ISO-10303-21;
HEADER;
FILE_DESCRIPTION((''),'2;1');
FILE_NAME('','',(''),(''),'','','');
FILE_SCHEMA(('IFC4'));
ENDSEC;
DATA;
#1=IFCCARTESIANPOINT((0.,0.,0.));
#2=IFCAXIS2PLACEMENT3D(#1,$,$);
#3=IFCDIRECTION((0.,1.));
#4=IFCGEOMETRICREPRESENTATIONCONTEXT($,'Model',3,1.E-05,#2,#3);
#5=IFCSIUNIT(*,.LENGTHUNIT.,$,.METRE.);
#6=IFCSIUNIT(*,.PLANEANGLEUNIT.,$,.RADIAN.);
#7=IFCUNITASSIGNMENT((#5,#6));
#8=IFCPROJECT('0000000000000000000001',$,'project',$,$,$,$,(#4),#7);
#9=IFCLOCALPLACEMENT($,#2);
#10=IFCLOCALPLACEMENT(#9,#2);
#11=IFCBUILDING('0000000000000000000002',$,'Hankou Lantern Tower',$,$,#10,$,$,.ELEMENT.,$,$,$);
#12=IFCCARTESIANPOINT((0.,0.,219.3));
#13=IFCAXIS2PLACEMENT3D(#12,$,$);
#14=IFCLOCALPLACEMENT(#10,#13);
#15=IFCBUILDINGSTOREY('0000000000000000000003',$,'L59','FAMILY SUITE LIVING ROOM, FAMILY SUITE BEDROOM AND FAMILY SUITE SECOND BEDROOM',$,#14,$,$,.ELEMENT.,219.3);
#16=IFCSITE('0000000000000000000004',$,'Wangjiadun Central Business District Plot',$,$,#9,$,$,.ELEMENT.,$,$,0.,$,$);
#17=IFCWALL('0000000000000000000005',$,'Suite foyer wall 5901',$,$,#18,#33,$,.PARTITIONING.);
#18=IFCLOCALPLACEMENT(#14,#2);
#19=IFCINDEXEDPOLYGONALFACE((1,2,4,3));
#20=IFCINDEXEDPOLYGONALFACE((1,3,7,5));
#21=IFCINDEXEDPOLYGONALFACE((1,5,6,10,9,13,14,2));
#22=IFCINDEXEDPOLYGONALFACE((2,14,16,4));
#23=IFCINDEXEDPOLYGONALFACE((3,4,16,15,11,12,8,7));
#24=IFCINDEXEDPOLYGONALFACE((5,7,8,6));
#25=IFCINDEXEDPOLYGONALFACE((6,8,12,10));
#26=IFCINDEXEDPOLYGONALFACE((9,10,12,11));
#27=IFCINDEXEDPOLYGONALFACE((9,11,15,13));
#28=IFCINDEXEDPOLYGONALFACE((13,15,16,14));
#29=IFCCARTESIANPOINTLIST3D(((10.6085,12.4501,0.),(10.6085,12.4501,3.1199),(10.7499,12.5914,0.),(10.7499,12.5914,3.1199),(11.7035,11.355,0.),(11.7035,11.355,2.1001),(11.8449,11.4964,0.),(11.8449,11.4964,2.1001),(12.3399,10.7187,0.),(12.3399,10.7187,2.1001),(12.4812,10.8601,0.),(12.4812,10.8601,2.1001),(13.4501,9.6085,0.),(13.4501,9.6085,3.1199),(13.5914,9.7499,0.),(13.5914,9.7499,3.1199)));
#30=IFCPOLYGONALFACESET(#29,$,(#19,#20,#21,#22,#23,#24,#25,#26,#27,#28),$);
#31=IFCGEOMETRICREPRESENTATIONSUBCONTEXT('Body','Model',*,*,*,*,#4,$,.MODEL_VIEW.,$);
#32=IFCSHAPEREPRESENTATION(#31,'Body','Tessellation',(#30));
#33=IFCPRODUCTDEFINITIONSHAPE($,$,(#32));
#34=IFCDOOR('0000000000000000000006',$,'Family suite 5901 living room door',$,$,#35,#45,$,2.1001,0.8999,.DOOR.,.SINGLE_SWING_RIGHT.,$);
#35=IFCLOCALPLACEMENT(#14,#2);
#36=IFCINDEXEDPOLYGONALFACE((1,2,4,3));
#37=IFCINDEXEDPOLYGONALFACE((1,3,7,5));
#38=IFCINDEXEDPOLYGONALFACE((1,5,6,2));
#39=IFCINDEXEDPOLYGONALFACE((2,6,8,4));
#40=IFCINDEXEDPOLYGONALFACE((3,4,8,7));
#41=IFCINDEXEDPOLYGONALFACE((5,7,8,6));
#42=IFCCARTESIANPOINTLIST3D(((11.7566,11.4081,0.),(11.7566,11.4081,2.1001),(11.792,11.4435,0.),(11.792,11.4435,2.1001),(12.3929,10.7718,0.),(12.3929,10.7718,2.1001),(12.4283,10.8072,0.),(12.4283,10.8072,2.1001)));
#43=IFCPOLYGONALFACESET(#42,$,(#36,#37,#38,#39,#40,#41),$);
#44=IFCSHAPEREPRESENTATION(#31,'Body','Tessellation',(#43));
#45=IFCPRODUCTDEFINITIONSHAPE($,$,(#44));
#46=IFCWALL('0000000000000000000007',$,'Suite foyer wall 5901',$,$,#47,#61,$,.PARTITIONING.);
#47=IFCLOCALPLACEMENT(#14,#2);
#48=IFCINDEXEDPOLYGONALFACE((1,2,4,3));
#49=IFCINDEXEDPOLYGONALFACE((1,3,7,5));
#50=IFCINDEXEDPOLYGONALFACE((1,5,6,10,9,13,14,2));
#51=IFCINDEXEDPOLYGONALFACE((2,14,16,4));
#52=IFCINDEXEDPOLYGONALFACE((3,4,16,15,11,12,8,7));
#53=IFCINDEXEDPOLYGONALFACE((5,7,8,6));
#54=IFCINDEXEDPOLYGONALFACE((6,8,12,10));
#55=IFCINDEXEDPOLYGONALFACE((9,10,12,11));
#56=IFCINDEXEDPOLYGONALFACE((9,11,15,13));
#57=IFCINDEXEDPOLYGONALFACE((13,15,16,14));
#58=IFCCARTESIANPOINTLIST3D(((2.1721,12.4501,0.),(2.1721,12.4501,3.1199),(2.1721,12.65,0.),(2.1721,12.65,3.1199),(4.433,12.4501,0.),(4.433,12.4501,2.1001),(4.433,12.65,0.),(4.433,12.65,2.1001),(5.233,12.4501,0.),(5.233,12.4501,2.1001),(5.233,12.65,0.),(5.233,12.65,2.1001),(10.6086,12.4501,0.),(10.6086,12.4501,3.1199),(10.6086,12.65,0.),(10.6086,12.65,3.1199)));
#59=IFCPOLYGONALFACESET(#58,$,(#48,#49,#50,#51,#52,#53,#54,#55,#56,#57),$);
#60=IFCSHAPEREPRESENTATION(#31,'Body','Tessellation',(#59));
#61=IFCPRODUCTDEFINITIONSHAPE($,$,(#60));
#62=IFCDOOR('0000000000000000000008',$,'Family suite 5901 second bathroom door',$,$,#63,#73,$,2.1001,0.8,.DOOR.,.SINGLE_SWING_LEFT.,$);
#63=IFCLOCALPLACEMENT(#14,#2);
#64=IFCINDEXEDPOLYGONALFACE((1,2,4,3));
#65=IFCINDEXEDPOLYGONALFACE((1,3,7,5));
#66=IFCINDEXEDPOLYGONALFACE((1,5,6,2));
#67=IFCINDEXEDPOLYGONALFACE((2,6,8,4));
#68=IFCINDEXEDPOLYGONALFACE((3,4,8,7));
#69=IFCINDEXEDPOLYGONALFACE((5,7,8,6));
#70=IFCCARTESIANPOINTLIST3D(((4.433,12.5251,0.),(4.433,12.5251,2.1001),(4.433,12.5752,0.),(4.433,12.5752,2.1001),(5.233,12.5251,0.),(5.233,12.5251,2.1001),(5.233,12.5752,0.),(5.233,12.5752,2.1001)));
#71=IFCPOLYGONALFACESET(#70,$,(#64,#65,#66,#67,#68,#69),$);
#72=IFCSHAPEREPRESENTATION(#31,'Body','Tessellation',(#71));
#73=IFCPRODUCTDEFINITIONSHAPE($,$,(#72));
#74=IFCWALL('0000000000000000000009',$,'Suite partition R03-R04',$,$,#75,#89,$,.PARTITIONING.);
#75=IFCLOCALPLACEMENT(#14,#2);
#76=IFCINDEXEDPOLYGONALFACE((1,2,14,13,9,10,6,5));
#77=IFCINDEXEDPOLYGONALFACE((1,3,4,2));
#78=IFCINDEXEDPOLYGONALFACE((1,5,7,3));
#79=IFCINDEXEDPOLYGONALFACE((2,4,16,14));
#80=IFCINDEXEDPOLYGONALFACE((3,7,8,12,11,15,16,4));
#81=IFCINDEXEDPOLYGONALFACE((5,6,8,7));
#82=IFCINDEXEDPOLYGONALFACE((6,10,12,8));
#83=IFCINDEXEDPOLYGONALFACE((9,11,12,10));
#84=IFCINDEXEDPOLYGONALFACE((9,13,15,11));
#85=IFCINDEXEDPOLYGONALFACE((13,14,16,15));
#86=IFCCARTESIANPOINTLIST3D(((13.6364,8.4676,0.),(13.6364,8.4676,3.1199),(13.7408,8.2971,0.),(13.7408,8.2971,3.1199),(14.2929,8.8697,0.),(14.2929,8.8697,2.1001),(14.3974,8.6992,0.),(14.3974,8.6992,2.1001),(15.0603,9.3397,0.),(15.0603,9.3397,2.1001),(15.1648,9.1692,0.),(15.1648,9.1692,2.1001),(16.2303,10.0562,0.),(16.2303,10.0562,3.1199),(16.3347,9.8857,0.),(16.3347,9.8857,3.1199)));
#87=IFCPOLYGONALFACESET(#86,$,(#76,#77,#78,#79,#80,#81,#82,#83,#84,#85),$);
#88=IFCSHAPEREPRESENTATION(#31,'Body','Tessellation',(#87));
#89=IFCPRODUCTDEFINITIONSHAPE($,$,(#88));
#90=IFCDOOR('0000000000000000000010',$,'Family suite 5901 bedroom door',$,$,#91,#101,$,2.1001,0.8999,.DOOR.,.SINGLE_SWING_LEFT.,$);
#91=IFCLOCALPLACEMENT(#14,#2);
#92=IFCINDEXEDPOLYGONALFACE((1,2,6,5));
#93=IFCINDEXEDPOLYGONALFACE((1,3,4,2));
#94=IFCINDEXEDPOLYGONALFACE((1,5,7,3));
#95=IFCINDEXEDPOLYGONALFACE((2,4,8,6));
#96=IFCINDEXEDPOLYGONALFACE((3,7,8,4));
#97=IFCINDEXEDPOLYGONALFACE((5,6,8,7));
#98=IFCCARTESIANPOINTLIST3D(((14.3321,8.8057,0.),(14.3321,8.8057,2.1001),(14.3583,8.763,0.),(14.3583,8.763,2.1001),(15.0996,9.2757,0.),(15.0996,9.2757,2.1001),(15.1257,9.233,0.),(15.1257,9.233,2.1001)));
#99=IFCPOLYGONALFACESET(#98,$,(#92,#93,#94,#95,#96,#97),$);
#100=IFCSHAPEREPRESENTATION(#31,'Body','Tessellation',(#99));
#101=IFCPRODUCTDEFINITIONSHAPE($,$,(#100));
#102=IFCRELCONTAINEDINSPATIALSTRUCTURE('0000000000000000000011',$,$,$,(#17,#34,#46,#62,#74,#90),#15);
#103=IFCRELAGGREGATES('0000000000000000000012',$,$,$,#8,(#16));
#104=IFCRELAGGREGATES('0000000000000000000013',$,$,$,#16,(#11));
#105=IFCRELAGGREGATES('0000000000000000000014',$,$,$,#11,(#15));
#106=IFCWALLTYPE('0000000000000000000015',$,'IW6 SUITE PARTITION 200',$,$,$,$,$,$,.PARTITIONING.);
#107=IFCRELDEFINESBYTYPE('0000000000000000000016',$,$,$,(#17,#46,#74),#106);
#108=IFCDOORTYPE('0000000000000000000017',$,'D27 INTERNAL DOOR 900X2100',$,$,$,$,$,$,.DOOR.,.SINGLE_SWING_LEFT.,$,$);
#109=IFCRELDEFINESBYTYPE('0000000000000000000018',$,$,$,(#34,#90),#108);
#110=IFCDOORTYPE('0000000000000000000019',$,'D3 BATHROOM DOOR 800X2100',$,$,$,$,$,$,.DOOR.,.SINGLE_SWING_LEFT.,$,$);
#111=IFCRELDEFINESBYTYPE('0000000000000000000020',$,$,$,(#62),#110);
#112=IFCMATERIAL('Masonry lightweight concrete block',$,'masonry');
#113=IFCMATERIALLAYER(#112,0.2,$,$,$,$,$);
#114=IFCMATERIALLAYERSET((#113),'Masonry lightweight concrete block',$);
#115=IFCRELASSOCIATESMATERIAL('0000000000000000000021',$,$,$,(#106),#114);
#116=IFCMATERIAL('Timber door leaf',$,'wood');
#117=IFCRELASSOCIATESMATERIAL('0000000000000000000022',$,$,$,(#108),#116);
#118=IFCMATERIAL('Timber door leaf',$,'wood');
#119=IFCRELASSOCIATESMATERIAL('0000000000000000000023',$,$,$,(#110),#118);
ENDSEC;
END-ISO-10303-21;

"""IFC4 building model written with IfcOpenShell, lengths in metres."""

from ifc_helpers import new_model, si_unit, direction, frame, frame_2d, origin, place, context, subcontext, project, spatial, rectangle, extrude, material, layer, layer_set, type_object, element, fill, save


model = new_model("IFC4")

# Units and contexts
model_context = context("Model", 3, precision=1e-05, world=origin(), true_north=direction((0.0, 1.0)))
body_context = subcontext(model_context, "Body", "Model", "MODEL_VIEW")
ifc_project = project(units=[si_unit("LENGTHUNIT", "METRE"), si_unit("PLANEANGLEUNIT", "RADIAN")], contexts=[model_context])

# Site, building, storey
site_placement = place(None, origin())
site = spatial("IfcSite", under=ifc_project, at=site_placement, Name="Wangjiadun Central Business District Plot", CompositionType="ELEMENT", RefElevation=0.0)
building_placement = place(site_placement, origin())
building = spatial("IfcBuilding", under=site, at=building_placement, Name="Hankou Lantern Tower", CompositionType="ELEMENT")
storey_placement = place(building_placement, frame((0.0, 0.0, 219.3)))
storey = spatial("IfcBuildingStorey", under=building, at=storey_placement, Name="L59", Description="FAMILY SUITE LIVING ROOM, FAMILY SUITE BEDROOM AND FAMILY SUITE SECOND BEDROOM", CompositionType="ELEMENT", Elevation=219.3)

# Walls, openings, doors
ifc_material_1 = material(Name="Masonry lightweight concrete block", Category="masonry")
ifc_layer_1 = layer(ifc_material_1, 0.2)
ifc_layer_set_1 = layer_set([ifc_layer_1], Name="Masonry lightweight concrete block")
wall_type_1 = type_object("IfcWallType", Name="IW6 SUITE PARTITION 200", PredefinedType="PARTITIONING", material=ifc_layer_set_1)
wall_1_placement = place(storey_placement, frame((13.5208, 9.6792, 0.0), z_axis=(0.0, 0.0, 1.0), x_axis=(-0.707107, 0.707107, 0.0)))
wall_1 = element("IfcWall", 1, at=wall_1_placement, inside=storey, type_object=wall_type_1, Name="Suite foyer wall 5901", PredefinedType="PARTITIONING", context=body_context, shape_type="SweptSolid", body=[
    extrude(rectangle(XDim=4.0186, YDim=0.2, at=frame_2d((2.0093, 0.0))), origin(), (0.0, 0.0, 1.0), 3.1199),
])
opening_1_placement = place(wall_1_placement, frame((1.5701, 0.0, 0.0)))
opening_1 = element("IfcOpeningElement", 2, at=opening_1_placement, cuts=wall_1, PredefinedType="OPENING", context=body_context, shape_type="SweptSolid", body=[
    extrude(rectangle(XDim=0.8999, YDim=2.1001, at=frame_2d((0.45, 1.05))), frame((0.0, 0.1099, 0.0), z_axis=(0.0, -1.0, 0.0), x_axis=(1.0, 0.0, 0.0)), (0.0, 0.0, 1.0), 0.22),
])
ifc_material_2 = material(Name="Timber door leaf", Category="wood")
door_type_1 = type_object("IfcDoorType", Name="D27 INTERNAL DOOR 900X2100", OperationType="SINGLE_SWING_LEFT", PredefinedType="DOOR", material=ifc_material_2)
door_1_placement = place(opening_1_placement, origin())
door_1 = element("IfcDoor", 3, at=door_1_placement, inside=storey, type_object=door_type_1, Name="Family suite 5901 living room door", OperationType="SINGLE_SWING_RIGHT", OverallHeight=2.1001, OverallWidth=0.8999, PredefinedType="DOOR", context=body_context, shape_type="SweptSolid", body=[
    extrude(rectangle(XDim=0.8999, YDim=2.1001, at=frame_2d((0.45, 1.05))), frame((0.0, 0.0249, 0.0), z_axis=(0.0, -1.0, 0.0), x_axis=(1.0, 0.0, 0.0)), (0.0, 0.0, 1.0), 0.05),
])
fill(opening_1, door_1)
wall_2_placement = place(storey_placement, frame((10.6086, 12.55, 0.0), z_axis=(0.0, 0.0, 1.0), x_axis=(-1.0, 0.0, 0.0)))
wall_2 = element("IfcWall", 4, at=wall_2_placement, inside=storey, type_object=wall_type_1, Name="Suite foyer wall 5901", PredefinedType="PARTITIONING", context=body_context, shape_type="SweptSolid", body=[
    extrude(rectangle(XDim=8.4365, YDim=0.2, at=frame_2d((4.2183, 0.0))), origin(), (0.0, 0.0, 1.0), 3.1199),
])
opening_2_placement = place(wall_2_placement, frame((5.3757, 0.0, 0.0)))
opening_2 = element("IfcOpeningElement", 5, at=opening_2_placement, cuts=wall_2, PredefinedType="OPENING", context=body_context, shape_type="SweptSolid", body=[
    extrude(rectangle(XDim=0.8, YDim=2.1001, at=frame_2d((0.3999, 1.05))), frame((0.0, 0.1099, 0.0), z_axis=(0.0, -1.0, 0.0), x_axis=(1.0, 0.0, 0.0)), (0.0, 0.0, 1.0), 0.22),
])
ifc_material_3 = material(Name="Timber door leaf", Category="wood")
door_type_2 = type_object("IfcDoorType", Name="D3 BATHROOM DOOR 800X2100", OperationType="SINGLE_SWING_LEFT", PredefinedType="DOOR", material=ifc_material_3)
door_2_placement = place(opening_2_placement, origin())
door_2 = element("IfcDoor", 6, at=door_2_placement, inside=storey, type_object=door_type_2, Name="Family suite 5901 second bathroom door", OperationType="SINGLE_SWING_LEFT", OverallHeight=2.1001, OverallWidth=0.8, PredefinedType="DOOR", context=body_context, shape_type="SweptSolid", body=[
    extrude(rectangle(XDim=0.8, YDim=2.1001, at=frame_2d((0.3999, 1.05))), frame((0.0, 0.0249, 0.0), z_axis=(0.0, -1.0, 0.0), x_axis=(1.0, 0.0, 0.0)), (0.0, 0.0, 1.0), 0.05),
])
fill(opening_2, door_2)
wall_3_placement = place(storey_placement, frame((13.6885, 8.3823, 0.0), z_axis=(0.0, 0.0, 1.0), x_axis=(0.852783, 0.522265, 0.0)))
wall_3 = element("IfcWall", 7, at=wall_3_placement, inside=storey, type_object=wall_type_1, Name="Suite partition R03-R04", PredefinedType="PARTITIONING", context=body_context, shape_type="SweptSolid", body=[
    extrude(rectangle(XDim=3.0417, YDim=0.2, at=frame_2d((1.521, 0.0))), origin(), (0.0, 0.0, 1.0), 3.1199),
])
opening_3_placement = place(wall_3_placement, frame((0.77, 0.0, 0.0)))
opening_3 = element("IfcOpeningElement", 8, at=opening_3_placement, cuts=wall_3, PredefinedType="OPENING", context=body_context, shape_type="SweptSolid", body=[
    extrude(rectangle(XDim=0.8999, YDim=2.1001, at=frame_2d((0.45, 1.05))), frame((0.0, 0.1099, 0.0), z_axis=(0.0, -1.0, 0.0), x_axis=(1.0, 0.0, 0.0)), (0.0, 0.0, 1.0), 0.22),
])
door_3_placement = place(opening_3_placement, origin())
door_3 = element("IfcDoor", 9, at=door_3_placement, inside=storey, type_object=door_type_1, Name="Family suite 5901 bedroom door", OperationType="SINGLE_SWING_LEFT", OverallHeight=2.1001, OverallWidth=0.8999, PredefinedType="DOOR", context=body_context, shape_type="SweptSolid", body=[
    extrude(rectangle(XDim=0.8999, YDim=2.1001, at=frame_2d((0.45, 1.05))), frame((0.0, 0.0249, 0.0), z_axis=(0.0, -1.0, 0.0), x_axis=(1.0, 0.0, 0.0)), (0.0, 0.0, 1.0), 0.05),
])
fill(opening_3, door_3)

save(model, "model.ifc")
